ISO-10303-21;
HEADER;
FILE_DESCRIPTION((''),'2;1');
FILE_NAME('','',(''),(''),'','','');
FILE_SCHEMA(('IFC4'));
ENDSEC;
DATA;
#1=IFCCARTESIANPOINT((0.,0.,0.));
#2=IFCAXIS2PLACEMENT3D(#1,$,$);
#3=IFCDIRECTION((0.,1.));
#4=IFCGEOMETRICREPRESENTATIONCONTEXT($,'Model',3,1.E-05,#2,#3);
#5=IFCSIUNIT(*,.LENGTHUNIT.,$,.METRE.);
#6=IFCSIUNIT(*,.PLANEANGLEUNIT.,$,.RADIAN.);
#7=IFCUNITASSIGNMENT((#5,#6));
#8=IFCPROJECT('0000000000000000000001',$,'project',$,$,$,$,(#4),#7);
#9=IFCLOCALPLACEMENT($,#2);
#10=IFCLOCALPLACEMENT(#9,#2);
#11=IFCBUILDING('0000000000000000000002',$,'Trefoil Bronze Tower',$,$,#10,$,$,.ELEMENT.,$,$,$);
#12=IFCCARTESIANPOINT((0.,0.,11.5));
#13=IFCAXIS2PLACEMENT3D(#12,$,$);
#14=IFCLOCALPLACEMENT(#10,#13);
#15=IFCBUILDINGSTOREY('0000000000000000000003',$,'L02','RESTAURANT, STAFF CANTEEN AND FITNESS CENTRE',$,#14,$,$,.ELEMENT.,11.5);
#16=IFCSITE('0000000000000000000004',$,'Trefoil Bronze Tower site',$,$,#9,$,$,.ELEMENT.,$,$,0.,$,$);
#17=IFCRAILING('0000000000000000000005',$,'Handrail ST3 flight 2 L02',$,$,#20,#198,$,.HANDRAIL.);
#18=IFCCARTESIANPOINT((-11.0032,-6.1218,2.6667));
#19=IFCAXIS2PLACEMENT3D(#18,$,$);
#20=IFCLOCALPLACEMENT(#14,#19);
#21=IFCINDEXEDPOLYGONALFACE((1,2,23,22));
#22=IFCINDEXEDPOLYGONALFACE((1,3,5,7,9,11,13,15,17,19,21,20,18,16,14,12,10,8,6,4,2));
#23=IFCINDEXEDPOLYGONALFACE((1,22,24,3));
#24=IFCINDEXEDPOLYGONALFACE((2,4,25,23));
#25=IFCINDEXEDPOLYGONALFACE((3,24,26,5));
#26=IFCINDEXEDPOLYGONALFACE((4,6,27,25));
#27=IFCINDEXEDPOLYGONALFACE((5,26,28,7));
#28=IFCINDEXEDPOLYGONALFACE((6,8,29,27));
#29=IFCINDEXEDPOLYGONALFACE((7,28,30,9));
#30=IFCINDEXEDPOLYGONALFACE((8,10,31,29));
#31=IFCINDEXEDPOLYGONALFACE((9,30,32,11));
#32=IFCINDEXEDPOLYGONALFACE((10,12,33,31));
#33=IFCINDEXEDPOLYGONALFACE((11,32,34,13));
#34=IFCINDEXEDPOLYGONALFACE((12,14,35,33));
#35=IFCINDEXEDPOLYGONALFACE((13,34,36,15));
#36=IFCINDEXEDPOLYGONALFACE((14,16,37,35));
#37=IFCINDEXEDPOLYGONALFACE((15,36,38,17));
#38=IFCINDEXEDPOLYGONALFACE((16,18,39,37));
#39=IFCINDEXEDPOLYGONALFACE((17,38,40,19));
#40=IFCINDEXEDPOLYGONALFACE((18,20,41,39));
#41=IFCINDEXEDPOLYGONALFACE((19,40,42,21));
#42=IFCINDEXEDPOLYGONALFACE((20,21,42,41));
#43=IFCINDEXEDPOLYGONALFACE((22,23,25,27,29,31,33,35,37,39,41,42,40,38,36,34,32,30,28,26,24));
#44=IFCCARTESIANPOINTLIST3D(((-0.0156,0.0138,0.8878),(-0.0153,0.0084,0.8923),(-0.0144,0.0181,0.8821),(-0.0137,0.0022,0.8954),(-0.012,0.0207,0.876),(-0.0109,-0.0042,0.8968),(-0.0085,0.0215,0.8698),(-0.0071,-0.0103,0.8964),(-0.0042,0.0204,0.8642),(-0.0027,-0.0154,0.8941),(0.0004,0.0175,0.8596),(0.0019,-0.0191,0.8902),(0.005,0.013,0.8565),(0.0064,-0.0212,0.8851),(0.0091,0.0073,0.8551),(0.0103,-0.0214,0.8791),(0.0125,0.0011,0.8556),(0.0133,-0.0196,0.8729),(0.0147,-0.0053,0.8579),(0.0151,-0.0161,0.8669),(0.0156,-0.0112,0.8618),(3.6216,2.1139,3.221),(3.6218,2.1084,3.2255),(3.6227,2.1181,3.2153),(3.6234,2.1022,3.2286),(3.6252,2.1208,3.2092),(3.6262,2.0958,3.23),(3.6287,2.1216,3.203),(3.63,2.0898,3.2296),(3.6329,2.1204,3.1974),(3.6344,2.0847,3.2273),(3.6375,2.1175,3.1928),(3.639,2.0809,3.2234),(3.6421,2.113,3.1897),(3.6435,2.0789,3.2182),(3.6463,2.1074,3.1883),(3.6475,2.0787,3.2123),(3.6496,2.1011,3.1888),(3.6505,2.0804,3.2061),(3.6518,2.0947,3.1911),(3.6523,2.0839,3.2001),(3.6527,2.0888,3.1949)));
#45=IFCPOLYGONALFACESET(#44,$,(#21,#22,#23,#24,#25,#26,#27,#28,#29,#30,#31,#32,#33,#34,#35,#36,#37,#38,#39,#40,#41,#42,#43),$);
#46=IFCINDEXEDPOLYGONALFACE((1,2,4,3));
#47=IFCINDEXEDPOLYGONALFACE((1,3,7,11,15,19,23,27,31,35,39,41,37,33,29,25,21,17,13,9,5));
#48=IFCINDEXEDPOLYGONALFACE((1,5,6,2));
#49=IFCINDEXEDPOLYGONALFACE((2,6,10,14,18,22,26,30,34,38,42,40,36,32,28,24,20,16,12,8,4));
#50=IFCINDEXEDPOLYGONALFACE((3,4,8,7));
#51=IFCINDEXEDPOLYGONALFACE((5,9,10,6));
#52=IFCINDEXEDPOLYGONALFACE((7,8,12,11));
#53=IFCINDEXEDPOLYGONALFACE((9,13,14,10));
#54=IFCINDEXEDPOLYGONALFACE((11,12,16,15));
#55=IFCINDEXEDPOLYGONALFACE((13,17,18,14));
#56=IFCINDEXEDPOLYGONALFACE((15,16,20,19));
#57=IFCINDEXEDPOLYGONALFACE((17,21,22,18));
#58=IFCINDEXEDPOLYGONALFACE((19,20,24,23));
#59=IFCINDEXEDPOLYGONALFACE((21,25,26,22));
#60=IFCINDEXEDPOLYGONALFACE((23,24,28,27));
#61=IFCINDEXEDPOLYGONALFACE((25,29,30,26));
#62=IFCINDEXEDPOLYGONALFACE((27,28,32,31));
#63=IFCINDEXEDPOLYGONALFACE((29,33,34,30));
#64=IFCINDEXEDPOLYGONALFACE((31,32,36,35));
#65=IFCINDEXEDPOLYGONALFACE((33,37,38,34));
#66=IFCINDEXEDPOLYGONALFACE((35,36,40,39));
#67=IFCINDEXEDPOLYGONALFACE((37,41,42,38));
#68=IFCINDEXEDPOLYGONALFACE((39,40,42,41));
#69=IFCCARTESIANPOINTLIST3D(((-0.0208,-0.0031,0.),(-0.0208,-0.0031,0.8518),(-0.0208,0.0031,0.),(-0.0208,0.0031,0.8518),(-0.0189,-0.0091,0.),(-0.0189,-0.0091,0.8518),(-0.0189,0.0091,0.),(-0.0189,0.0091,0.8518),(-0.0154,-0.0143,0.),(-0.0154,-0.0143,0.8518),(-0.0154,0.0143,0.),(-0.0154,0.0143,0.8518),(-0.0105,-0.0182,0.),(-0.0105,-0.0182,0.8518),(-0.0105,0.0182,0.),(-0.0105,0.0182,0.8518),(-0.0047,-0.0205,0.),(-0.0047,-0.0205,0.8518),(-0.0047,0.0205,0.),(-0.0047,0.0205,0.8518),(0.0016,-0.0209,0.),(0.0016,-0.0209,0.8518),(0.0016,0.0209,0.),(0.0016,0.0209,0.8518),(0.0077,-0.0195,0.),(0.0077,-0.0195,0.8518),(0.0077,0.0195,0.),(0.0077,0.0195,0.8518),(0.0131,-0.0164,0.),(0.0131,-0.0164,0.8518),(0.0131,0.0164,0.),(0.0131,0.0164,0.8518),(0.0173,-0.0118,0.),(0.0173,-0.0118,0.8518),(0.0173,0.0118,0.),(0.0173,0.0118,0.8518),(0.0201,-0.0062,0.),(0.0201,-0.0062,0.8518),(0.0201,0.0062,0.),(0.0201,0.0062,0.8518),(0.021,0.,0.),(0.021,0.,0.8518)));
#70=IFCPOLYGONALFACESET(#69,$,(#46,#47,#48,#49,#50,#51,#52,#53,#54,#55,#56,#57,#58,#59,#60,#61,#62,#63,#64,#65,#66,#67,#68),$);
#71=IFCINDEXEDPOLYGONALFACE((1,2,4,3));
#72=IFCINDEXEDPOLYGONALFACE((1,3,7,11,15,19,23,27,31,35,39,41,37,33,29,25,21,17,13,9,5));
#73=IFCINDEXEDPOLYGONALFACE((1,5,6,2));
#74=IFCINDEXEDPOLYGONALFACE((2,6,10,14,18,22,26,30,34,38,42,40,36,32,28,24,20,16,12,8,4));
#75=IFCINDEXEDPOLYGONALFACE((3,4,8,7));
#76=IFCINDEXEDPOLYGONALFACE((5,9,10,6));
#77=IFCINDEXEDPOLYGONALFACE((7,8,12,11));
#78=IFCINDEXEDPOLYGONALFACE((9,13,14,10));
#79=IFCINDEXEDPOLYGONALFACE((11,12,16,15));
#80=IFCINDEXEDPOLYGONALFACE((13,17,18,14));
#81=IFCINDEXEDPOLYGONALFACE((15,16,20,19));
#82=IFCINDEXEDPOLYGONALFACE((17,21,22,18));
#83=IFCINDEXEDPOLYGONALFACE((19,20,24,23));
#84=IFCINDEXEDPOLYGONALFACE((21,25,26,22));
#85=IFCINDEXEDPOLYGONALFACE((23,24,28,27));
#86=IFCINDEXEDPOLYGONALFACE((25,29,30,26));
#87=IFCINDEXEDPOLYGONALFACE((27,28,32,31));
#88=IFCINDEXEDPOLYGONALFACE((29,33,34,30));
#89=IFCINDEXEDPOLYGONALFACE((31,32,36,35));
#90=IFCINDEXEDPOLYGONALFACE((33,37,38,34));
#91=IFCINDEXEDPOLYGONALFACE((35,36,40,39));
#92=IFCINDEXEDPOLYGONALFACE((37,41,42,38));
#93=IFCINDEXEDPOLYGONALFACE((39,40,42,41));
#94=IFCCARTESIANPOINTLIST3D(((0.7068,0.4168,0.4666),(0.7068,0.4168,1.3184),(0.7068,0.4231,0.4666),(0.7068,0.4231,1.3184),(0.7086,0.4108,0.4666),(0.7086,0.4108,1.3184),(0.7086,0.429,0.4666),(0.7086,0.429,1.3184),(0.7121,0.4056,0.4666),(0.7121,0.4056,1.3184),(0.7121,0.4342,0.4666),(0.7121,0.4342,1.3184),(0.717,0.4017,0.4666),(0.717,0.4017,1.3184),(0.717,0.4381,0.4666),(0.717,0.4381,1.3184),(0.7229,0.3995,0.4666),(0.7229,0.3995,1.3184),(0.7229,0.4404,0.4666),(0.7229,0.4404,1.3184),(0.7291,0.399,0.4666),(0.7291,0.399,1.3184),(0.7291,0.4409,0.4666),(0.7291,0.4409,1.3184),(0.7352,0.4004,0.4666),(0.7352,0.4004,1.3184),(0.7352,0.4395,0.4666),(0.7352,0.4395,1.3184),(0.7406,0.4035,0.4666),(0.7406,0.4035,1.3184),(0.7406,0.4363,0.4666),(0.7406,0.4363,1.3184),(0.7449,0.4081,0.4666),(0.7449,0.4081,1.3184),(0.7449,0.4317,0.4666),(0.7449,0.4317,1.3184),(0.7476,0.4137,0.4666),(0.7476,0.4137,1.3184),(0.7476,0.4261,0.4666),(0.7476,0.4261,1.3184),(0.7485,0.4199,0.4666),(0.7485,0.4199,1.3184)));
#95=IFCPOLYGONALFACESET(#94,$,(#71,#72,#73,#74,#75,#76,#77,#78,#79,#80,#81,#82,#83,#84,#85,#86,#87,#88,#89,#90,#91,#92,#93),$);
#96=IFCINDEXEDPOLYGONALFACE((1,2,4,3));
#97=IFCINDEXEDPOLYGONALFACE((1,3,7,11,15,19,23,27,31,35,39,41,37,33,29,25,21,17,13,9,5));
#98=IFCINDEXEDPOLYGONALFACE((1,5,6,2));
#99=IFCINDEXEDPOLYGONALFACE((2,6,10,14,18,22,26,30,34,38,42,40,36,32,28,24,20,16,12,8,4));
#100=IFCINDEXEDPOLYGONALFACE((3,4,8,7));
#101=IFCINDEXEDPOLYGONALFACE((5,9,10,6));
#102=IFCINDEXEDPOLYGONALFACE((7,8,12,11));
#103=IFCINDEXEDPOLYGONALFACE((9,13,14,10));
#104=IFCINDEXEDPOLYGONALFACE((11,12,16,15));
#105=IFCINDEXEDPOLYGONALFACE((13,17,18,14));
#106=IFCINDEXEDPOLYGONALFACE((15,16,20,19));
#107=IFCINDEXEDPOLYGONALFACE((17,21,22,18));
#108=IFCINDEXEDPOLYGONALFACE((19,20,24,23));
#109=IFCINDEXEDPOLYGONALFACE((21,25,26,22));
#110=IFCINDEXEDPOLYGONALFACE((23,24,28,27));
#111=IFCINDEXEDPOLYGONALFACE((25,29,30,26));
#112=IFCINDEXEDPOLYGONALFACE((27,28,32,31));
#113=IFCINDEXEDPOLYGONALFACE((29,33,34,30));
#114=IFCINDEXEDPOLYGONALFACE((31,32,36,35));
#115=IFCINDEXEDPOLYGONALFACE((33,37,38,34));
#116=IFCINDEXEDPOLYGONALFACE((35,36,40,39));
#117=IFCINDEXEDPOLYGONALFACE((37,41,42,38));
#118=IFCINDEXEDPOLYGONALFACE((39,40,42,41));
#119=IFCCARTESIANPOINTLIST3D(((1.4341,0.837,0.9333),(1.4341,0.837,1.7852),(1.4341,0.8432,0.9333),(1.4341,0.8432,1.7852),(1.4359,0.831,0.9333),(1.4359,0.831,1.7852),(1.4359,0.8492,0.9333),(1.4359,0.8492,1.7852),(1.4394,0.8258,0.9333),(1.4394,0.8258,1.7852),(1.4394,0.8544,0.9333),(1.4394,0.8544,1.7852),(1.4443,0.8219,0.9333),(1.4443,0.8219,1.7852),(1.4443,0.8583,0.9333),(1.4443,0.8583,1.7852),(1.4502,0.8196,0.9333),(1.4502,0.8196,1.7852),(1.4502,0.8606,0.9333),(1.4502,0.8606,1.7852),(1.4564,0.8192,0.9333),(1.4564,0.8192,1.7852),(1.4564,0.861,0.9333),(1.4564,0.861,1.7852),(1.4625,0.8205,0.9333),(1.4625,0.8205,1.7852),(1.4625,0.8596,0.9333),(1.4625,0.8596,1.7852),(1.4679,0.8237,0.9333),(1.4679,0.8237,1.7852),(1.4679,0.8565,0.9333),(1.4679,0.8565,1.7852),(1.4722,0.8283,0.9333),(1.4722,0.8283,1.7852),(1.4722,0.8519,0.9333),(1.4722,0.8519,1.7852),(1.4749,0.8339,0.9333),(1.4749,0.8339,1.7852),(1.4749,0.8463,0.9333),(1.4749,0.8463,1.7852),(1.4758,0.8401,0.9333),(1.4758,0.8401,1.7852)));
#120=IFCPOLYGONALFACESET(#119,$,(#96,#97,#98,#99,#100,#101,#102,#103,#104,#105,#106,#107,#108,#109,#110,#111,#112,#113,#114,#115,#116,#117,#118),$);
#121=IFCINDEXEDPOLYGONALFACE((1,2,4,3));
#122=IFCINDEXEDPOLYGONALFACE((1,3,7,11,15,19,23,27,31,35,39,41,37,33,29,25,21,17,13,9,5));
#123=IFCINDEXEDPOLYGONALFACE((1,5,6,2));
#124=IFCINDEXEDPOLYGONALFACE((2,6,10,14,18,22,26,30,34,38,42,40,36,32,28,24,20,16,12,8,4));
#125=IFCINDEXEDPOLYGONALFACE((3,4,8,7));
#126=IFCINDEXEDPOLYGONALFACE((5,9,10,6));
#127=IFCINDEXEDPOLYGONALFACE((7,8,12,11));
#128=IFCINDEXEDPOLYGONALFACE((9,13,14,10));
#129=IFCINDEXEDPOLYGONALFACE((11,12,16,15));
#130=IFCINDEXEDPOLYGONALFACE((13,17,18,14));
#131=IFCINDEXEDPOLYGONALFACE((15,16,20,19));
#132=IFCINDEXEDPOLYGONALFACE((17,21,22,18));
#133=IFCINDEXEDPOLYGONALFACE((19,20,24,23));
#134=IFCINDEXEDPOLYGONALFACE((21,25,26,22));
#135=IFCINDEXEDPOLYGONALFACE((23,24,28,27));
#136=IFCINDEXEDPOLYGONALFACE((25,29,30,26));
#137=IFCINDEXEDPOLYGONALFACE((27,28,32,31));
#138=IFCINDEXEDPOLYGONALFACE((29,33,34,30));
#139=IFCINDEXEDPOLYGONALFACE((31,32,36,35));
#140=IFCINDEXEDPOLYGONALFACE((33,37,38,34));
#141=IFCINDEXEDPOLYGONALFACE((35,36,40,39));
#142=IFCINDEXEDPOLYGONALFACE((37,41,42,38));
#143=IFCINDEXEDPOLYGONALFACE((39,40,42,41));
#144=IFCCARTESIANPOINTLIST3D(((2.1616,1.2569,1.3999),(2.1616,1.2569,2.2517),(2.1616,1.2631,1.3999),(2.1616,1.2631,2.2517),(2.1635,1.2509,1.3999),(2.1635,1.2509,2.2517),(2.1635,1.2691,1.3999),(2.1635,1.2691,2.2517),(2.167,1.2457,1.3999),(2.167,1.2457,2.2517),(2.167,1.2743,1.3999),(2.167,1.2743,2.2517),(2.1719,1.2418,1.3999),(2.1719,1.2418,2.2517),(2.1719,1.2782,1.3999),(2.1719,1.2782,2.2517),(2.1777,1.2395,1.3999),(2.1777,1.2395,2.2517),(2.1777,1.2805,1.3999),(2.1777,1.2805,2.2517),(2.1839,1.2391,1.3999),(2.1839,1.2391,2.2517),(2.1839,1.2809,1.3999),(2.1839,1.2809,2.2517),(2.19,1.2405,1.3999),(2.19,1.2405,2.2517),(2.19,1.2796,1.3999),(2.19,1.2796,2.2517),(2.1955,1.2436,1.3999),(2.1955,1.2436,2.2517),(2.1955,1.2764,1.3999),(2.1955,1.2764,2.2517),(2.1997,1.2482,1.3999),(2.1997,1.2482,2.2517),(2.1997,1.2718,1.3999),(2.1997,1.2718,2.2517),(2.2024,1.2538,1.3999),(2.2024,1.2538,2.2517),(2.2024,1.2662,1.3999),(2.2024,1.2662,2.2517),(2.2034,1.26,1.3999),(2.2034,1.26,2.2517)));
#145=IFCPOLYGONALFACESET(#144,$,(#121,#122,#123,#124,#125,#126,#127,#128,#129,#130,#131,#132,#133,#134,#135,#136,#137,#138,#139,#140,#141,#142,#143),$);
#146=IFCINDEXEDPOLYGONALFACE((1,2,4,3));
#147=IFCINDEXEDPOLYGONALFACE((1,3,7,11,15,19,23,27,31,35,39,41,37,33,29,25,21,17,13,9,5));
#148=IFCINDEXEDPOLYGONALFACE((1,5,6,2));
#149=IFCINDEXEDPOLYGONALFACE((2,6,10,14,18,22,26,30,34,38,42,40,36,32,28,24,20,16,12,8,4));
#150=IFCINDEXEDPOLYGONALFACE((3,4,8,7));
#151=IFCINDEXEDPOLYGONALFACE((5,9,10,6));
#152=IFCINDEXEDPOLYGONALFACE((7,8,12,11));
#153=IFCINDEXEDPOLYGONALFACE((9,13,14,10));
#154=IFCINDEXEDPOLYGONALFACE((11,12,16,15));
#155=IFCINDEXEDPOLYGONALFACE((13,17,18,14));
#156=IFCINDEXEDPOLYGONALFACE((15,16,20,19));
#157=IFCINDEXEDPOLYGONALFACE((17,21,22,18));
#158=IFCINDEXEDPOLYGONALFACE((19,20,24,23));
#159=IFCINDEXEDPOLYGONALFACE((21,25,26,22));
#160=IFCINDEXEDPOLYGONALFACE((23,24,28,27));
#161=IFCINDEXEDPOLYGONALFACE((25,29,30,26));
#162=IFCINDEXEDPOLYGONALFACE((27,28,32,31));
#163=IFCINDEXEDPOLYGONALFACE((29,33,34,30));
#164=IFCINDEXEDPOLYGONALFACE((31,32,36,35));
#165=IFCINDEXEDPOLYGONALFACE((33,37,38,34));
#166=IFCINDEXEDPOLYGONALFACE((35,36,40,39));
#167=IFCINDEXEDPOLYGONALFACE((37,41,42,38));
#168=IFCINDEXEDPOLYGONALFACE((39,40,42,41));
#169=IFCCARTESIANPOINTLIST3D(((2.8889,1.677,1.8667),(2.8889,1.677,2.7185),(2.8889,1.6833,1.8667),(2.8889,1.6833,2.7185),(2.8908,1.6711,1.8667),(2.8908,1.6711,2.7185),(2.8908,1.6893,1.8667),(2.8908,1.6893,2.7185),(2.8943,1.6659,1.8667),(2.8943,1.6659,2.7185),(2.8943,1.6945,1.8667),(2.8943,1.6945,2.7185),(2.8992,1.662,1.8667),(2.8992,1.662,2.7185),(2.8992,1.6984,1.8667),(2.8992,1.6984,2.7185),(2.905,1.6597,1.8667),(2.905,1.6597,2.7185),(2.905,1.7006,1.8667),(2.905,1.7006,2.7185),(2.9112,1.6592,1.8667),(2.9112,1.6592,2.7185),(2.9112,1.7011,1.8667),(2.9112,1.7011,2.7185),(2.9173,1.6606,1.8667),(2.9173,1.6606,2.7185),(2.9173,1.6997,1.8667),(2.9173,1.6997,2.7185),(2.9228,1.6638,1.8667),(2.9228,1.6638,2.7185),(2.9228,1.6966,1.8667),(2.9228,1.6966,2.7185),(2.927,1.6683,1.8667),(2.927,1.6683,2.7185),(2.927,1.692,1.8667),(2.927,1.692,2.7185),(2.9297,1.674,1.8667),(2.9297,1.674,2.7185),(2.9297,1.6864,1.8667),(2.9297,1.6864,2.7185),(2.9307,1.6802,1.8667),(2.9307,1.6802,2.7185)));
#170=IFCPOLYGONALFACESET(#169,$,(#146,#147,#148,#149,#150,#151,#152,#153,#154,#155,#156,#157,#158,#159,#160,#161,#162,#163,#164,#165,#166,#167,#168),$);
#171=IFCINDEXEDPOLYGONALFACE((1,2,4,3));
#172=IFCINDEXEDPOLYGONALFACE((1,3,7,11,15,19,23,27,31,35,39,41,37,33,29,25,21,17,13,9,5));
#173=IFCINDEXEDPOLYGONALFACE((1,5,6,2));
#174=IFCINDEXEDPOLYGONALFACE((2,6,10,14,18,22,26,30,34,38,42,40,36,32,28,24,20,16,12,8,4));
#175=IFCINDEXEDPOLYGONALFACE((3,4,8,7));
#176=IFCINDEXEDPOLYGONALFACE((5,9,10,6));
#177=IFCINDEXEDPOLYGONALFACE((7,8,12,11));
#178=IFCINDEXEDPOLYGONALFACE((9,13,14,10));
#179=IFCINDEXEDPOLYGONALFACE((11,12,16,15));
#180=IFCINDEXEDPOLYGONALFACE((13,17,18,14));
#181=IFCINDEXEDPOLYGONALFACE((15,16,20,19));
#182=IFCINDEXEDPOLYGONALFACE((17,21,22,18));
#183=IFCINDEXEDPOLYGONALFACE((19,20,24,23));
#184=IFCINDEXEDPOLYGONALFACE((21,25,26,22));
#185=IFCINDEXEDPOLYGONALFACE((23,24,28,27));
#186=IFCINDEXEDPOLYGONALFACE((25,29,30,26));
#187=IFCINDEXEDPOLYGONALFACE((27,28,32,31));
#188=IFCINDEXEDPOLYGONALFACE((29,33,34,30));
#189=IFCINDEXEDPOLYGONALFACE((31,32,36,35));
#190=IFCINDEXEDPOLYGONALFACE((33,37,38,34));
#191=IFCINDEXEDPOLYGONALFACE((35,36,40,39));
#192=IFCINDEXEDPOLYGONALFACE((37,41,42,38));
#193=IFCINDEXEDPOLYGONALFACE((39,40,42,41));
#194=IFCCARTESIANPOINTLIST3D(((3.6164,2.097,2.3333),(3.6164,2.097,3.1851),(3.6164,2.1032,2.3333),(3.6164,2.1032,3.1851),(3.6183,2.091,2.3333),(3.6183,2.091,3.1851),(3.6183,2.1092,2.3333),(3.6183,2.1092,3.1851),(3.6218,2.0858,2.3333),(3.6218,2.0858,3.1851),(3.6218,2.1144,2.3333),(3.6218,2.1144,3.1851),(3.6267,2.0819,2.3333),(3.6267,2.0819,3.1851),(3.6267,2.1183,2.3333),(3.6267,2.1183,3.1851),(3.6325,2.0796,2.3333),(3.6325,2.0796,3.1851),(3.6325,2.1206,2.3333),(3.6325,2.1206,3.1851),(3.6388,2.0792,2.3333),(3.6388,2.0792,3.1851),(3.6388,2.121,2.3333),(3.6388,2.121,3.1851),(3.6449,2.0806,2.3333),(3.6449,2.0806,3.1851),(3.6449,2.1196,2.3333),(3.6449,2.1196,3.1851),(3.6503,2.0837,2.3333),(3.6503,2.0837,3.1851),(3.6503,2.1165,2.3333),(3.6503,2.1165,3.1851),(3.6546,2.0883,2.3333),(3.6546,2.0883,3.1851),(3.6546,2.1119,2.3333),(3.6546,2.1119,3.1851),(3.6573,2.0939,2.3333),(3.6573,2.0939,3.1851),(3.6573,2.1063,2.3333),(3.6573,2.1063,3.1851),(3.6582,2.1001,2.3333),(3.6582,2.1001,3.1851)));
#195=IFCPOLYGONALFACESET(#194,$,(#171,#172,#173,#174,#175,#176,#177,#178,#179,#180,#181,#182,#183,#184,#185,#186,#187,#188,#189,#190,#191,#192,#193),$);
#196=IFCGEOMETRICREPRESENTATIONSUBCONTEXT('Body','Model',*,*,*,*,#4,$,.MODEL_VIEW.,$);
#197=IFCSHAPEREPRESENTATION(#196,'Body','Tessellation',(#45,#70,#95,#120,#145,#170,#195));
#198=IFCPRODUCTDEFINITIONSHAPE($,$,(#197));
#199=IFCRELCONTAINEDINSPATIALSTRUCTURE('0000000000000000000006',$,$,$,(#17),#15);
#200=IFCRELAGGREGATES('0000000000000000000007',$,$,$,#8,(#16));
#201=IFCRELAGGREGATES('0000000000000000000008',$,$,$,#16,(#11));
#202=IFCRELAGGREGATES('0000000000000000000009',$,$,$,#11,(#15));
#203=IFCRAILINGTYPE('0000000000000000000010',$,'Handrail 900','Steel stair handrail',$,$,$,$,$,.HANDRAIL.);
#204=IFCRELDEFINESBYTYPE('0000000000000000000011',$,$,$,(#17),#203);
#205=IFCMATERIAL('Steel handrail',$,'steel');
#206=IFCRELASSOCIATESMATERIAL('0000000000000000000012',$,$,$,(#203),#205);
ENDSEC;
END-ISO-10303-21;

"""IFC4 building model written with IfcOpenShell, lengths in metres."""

from ifc_helpers import new_model, si_unit, direction, frame, origin, origin_2d, place, context, subcontext, project, spatial, circle, extrude, material, type_object, element, save


model = new_model("IFC4")

# Units and contexts
model_context = context("Model", 3, precision=1e-05, world=origin(), true_north=direction((0.0, 1.0)))
body_context = subcontext(model_context, "Body", "Model", "MODEL_VIEW")
ifc_project = project(units=[si_unit("LENGTHUNIT", "METRE"), si_unit("PLANEANGLEUNIT", "RADIAN")], contexts=[model_context])

# Site, building, storey
site_placement = place(None, origin())
site = spatial("IfcSite", under=ifc_project, at=site_placement, Name="Trefoil Bronze Tower site", CompositionType="ELEMENT", RefElevation=0.0)
building_placement = place(site_placement, origin())
building = spatial("IfcBuilding", under=site, at=building_placement, Name="Trefoil Bronze Tower", CompositionType="ELEMENT")
storey_placement = place(building_placement, frame((0.0, 0.0, 11.5)))
storey = spatial("IfcBuildingStorey", under=building, at=storey_placement, Name="L02", Description="RESTAURANT, STAFF CANTEEN AND FITNESS CENTRE", CompositionType="ELEMENT", Elevation=11.5)

# Railing
ifc_material_1 = material(Name="Steel handrail", Category="steel")
railing_type = type_object("IfcRailingType", Name="Handrail 900", Description="Steel stair handrail", PredefinedType="HANDRAIL", material=ifc_material_1)
railing_1_placement = place(storey_placement, frame((-11.0032, -6.1218, 2.6667)))
element("IfcRailing", 1, at=railing_1_placement, inside=storey, type_object=railing_type, Name="Handrail ST3 flight 2 L02", PredefinedType="HANDRAIL", context=body_context, shape_type="SweptSolid", body=[
    extrude(circle(Radius=0.0239, at=origin_2d()), frame((0.0, 0.0, 0.876), z_axis=(0.757033, 0.437106, 0.485633), x_axis=(-0.500028, 0.866009, 0.0)), (0.0, 0.0, 1.0), 4.8044),
    extrude(circle(Radius=0.021, at=origin_2d()), origin(), (0.0, 0.0, 1.0), 0.8518),
    extrude(circle(Radius=0.021, at=origin_2d()), frame((0.7275, 0.4199, 0.4666)), (0.0, 0.0, 1.0), 0.8518),
    extrude(circle(Radius=0.021, at=origin_2d()), frame((1.4548, 0.8401, 0.9333)), (0.0, 0.0, 1.0), 0.8518),
    extrude(circle(Radius=0.021, at=origin_2d()), frame((2.1824, 1.26, 1.3999)), (0.0, 0.0, 1.0), 0.8518),
    extrude(circle(Radius=0.021, at=origin_2d()), frame((2.9097, 1.6802, 1.8667)), (0.0, 0.0, 1.0), 0.8518),
    extrude(circle(Radius=0.021, at=origin_2d()), frame((3.6372, 2.1001, 2.3333)), (0.0, 0.0, 1.0), 0.8518),
])

save(model, "model.ifc")
